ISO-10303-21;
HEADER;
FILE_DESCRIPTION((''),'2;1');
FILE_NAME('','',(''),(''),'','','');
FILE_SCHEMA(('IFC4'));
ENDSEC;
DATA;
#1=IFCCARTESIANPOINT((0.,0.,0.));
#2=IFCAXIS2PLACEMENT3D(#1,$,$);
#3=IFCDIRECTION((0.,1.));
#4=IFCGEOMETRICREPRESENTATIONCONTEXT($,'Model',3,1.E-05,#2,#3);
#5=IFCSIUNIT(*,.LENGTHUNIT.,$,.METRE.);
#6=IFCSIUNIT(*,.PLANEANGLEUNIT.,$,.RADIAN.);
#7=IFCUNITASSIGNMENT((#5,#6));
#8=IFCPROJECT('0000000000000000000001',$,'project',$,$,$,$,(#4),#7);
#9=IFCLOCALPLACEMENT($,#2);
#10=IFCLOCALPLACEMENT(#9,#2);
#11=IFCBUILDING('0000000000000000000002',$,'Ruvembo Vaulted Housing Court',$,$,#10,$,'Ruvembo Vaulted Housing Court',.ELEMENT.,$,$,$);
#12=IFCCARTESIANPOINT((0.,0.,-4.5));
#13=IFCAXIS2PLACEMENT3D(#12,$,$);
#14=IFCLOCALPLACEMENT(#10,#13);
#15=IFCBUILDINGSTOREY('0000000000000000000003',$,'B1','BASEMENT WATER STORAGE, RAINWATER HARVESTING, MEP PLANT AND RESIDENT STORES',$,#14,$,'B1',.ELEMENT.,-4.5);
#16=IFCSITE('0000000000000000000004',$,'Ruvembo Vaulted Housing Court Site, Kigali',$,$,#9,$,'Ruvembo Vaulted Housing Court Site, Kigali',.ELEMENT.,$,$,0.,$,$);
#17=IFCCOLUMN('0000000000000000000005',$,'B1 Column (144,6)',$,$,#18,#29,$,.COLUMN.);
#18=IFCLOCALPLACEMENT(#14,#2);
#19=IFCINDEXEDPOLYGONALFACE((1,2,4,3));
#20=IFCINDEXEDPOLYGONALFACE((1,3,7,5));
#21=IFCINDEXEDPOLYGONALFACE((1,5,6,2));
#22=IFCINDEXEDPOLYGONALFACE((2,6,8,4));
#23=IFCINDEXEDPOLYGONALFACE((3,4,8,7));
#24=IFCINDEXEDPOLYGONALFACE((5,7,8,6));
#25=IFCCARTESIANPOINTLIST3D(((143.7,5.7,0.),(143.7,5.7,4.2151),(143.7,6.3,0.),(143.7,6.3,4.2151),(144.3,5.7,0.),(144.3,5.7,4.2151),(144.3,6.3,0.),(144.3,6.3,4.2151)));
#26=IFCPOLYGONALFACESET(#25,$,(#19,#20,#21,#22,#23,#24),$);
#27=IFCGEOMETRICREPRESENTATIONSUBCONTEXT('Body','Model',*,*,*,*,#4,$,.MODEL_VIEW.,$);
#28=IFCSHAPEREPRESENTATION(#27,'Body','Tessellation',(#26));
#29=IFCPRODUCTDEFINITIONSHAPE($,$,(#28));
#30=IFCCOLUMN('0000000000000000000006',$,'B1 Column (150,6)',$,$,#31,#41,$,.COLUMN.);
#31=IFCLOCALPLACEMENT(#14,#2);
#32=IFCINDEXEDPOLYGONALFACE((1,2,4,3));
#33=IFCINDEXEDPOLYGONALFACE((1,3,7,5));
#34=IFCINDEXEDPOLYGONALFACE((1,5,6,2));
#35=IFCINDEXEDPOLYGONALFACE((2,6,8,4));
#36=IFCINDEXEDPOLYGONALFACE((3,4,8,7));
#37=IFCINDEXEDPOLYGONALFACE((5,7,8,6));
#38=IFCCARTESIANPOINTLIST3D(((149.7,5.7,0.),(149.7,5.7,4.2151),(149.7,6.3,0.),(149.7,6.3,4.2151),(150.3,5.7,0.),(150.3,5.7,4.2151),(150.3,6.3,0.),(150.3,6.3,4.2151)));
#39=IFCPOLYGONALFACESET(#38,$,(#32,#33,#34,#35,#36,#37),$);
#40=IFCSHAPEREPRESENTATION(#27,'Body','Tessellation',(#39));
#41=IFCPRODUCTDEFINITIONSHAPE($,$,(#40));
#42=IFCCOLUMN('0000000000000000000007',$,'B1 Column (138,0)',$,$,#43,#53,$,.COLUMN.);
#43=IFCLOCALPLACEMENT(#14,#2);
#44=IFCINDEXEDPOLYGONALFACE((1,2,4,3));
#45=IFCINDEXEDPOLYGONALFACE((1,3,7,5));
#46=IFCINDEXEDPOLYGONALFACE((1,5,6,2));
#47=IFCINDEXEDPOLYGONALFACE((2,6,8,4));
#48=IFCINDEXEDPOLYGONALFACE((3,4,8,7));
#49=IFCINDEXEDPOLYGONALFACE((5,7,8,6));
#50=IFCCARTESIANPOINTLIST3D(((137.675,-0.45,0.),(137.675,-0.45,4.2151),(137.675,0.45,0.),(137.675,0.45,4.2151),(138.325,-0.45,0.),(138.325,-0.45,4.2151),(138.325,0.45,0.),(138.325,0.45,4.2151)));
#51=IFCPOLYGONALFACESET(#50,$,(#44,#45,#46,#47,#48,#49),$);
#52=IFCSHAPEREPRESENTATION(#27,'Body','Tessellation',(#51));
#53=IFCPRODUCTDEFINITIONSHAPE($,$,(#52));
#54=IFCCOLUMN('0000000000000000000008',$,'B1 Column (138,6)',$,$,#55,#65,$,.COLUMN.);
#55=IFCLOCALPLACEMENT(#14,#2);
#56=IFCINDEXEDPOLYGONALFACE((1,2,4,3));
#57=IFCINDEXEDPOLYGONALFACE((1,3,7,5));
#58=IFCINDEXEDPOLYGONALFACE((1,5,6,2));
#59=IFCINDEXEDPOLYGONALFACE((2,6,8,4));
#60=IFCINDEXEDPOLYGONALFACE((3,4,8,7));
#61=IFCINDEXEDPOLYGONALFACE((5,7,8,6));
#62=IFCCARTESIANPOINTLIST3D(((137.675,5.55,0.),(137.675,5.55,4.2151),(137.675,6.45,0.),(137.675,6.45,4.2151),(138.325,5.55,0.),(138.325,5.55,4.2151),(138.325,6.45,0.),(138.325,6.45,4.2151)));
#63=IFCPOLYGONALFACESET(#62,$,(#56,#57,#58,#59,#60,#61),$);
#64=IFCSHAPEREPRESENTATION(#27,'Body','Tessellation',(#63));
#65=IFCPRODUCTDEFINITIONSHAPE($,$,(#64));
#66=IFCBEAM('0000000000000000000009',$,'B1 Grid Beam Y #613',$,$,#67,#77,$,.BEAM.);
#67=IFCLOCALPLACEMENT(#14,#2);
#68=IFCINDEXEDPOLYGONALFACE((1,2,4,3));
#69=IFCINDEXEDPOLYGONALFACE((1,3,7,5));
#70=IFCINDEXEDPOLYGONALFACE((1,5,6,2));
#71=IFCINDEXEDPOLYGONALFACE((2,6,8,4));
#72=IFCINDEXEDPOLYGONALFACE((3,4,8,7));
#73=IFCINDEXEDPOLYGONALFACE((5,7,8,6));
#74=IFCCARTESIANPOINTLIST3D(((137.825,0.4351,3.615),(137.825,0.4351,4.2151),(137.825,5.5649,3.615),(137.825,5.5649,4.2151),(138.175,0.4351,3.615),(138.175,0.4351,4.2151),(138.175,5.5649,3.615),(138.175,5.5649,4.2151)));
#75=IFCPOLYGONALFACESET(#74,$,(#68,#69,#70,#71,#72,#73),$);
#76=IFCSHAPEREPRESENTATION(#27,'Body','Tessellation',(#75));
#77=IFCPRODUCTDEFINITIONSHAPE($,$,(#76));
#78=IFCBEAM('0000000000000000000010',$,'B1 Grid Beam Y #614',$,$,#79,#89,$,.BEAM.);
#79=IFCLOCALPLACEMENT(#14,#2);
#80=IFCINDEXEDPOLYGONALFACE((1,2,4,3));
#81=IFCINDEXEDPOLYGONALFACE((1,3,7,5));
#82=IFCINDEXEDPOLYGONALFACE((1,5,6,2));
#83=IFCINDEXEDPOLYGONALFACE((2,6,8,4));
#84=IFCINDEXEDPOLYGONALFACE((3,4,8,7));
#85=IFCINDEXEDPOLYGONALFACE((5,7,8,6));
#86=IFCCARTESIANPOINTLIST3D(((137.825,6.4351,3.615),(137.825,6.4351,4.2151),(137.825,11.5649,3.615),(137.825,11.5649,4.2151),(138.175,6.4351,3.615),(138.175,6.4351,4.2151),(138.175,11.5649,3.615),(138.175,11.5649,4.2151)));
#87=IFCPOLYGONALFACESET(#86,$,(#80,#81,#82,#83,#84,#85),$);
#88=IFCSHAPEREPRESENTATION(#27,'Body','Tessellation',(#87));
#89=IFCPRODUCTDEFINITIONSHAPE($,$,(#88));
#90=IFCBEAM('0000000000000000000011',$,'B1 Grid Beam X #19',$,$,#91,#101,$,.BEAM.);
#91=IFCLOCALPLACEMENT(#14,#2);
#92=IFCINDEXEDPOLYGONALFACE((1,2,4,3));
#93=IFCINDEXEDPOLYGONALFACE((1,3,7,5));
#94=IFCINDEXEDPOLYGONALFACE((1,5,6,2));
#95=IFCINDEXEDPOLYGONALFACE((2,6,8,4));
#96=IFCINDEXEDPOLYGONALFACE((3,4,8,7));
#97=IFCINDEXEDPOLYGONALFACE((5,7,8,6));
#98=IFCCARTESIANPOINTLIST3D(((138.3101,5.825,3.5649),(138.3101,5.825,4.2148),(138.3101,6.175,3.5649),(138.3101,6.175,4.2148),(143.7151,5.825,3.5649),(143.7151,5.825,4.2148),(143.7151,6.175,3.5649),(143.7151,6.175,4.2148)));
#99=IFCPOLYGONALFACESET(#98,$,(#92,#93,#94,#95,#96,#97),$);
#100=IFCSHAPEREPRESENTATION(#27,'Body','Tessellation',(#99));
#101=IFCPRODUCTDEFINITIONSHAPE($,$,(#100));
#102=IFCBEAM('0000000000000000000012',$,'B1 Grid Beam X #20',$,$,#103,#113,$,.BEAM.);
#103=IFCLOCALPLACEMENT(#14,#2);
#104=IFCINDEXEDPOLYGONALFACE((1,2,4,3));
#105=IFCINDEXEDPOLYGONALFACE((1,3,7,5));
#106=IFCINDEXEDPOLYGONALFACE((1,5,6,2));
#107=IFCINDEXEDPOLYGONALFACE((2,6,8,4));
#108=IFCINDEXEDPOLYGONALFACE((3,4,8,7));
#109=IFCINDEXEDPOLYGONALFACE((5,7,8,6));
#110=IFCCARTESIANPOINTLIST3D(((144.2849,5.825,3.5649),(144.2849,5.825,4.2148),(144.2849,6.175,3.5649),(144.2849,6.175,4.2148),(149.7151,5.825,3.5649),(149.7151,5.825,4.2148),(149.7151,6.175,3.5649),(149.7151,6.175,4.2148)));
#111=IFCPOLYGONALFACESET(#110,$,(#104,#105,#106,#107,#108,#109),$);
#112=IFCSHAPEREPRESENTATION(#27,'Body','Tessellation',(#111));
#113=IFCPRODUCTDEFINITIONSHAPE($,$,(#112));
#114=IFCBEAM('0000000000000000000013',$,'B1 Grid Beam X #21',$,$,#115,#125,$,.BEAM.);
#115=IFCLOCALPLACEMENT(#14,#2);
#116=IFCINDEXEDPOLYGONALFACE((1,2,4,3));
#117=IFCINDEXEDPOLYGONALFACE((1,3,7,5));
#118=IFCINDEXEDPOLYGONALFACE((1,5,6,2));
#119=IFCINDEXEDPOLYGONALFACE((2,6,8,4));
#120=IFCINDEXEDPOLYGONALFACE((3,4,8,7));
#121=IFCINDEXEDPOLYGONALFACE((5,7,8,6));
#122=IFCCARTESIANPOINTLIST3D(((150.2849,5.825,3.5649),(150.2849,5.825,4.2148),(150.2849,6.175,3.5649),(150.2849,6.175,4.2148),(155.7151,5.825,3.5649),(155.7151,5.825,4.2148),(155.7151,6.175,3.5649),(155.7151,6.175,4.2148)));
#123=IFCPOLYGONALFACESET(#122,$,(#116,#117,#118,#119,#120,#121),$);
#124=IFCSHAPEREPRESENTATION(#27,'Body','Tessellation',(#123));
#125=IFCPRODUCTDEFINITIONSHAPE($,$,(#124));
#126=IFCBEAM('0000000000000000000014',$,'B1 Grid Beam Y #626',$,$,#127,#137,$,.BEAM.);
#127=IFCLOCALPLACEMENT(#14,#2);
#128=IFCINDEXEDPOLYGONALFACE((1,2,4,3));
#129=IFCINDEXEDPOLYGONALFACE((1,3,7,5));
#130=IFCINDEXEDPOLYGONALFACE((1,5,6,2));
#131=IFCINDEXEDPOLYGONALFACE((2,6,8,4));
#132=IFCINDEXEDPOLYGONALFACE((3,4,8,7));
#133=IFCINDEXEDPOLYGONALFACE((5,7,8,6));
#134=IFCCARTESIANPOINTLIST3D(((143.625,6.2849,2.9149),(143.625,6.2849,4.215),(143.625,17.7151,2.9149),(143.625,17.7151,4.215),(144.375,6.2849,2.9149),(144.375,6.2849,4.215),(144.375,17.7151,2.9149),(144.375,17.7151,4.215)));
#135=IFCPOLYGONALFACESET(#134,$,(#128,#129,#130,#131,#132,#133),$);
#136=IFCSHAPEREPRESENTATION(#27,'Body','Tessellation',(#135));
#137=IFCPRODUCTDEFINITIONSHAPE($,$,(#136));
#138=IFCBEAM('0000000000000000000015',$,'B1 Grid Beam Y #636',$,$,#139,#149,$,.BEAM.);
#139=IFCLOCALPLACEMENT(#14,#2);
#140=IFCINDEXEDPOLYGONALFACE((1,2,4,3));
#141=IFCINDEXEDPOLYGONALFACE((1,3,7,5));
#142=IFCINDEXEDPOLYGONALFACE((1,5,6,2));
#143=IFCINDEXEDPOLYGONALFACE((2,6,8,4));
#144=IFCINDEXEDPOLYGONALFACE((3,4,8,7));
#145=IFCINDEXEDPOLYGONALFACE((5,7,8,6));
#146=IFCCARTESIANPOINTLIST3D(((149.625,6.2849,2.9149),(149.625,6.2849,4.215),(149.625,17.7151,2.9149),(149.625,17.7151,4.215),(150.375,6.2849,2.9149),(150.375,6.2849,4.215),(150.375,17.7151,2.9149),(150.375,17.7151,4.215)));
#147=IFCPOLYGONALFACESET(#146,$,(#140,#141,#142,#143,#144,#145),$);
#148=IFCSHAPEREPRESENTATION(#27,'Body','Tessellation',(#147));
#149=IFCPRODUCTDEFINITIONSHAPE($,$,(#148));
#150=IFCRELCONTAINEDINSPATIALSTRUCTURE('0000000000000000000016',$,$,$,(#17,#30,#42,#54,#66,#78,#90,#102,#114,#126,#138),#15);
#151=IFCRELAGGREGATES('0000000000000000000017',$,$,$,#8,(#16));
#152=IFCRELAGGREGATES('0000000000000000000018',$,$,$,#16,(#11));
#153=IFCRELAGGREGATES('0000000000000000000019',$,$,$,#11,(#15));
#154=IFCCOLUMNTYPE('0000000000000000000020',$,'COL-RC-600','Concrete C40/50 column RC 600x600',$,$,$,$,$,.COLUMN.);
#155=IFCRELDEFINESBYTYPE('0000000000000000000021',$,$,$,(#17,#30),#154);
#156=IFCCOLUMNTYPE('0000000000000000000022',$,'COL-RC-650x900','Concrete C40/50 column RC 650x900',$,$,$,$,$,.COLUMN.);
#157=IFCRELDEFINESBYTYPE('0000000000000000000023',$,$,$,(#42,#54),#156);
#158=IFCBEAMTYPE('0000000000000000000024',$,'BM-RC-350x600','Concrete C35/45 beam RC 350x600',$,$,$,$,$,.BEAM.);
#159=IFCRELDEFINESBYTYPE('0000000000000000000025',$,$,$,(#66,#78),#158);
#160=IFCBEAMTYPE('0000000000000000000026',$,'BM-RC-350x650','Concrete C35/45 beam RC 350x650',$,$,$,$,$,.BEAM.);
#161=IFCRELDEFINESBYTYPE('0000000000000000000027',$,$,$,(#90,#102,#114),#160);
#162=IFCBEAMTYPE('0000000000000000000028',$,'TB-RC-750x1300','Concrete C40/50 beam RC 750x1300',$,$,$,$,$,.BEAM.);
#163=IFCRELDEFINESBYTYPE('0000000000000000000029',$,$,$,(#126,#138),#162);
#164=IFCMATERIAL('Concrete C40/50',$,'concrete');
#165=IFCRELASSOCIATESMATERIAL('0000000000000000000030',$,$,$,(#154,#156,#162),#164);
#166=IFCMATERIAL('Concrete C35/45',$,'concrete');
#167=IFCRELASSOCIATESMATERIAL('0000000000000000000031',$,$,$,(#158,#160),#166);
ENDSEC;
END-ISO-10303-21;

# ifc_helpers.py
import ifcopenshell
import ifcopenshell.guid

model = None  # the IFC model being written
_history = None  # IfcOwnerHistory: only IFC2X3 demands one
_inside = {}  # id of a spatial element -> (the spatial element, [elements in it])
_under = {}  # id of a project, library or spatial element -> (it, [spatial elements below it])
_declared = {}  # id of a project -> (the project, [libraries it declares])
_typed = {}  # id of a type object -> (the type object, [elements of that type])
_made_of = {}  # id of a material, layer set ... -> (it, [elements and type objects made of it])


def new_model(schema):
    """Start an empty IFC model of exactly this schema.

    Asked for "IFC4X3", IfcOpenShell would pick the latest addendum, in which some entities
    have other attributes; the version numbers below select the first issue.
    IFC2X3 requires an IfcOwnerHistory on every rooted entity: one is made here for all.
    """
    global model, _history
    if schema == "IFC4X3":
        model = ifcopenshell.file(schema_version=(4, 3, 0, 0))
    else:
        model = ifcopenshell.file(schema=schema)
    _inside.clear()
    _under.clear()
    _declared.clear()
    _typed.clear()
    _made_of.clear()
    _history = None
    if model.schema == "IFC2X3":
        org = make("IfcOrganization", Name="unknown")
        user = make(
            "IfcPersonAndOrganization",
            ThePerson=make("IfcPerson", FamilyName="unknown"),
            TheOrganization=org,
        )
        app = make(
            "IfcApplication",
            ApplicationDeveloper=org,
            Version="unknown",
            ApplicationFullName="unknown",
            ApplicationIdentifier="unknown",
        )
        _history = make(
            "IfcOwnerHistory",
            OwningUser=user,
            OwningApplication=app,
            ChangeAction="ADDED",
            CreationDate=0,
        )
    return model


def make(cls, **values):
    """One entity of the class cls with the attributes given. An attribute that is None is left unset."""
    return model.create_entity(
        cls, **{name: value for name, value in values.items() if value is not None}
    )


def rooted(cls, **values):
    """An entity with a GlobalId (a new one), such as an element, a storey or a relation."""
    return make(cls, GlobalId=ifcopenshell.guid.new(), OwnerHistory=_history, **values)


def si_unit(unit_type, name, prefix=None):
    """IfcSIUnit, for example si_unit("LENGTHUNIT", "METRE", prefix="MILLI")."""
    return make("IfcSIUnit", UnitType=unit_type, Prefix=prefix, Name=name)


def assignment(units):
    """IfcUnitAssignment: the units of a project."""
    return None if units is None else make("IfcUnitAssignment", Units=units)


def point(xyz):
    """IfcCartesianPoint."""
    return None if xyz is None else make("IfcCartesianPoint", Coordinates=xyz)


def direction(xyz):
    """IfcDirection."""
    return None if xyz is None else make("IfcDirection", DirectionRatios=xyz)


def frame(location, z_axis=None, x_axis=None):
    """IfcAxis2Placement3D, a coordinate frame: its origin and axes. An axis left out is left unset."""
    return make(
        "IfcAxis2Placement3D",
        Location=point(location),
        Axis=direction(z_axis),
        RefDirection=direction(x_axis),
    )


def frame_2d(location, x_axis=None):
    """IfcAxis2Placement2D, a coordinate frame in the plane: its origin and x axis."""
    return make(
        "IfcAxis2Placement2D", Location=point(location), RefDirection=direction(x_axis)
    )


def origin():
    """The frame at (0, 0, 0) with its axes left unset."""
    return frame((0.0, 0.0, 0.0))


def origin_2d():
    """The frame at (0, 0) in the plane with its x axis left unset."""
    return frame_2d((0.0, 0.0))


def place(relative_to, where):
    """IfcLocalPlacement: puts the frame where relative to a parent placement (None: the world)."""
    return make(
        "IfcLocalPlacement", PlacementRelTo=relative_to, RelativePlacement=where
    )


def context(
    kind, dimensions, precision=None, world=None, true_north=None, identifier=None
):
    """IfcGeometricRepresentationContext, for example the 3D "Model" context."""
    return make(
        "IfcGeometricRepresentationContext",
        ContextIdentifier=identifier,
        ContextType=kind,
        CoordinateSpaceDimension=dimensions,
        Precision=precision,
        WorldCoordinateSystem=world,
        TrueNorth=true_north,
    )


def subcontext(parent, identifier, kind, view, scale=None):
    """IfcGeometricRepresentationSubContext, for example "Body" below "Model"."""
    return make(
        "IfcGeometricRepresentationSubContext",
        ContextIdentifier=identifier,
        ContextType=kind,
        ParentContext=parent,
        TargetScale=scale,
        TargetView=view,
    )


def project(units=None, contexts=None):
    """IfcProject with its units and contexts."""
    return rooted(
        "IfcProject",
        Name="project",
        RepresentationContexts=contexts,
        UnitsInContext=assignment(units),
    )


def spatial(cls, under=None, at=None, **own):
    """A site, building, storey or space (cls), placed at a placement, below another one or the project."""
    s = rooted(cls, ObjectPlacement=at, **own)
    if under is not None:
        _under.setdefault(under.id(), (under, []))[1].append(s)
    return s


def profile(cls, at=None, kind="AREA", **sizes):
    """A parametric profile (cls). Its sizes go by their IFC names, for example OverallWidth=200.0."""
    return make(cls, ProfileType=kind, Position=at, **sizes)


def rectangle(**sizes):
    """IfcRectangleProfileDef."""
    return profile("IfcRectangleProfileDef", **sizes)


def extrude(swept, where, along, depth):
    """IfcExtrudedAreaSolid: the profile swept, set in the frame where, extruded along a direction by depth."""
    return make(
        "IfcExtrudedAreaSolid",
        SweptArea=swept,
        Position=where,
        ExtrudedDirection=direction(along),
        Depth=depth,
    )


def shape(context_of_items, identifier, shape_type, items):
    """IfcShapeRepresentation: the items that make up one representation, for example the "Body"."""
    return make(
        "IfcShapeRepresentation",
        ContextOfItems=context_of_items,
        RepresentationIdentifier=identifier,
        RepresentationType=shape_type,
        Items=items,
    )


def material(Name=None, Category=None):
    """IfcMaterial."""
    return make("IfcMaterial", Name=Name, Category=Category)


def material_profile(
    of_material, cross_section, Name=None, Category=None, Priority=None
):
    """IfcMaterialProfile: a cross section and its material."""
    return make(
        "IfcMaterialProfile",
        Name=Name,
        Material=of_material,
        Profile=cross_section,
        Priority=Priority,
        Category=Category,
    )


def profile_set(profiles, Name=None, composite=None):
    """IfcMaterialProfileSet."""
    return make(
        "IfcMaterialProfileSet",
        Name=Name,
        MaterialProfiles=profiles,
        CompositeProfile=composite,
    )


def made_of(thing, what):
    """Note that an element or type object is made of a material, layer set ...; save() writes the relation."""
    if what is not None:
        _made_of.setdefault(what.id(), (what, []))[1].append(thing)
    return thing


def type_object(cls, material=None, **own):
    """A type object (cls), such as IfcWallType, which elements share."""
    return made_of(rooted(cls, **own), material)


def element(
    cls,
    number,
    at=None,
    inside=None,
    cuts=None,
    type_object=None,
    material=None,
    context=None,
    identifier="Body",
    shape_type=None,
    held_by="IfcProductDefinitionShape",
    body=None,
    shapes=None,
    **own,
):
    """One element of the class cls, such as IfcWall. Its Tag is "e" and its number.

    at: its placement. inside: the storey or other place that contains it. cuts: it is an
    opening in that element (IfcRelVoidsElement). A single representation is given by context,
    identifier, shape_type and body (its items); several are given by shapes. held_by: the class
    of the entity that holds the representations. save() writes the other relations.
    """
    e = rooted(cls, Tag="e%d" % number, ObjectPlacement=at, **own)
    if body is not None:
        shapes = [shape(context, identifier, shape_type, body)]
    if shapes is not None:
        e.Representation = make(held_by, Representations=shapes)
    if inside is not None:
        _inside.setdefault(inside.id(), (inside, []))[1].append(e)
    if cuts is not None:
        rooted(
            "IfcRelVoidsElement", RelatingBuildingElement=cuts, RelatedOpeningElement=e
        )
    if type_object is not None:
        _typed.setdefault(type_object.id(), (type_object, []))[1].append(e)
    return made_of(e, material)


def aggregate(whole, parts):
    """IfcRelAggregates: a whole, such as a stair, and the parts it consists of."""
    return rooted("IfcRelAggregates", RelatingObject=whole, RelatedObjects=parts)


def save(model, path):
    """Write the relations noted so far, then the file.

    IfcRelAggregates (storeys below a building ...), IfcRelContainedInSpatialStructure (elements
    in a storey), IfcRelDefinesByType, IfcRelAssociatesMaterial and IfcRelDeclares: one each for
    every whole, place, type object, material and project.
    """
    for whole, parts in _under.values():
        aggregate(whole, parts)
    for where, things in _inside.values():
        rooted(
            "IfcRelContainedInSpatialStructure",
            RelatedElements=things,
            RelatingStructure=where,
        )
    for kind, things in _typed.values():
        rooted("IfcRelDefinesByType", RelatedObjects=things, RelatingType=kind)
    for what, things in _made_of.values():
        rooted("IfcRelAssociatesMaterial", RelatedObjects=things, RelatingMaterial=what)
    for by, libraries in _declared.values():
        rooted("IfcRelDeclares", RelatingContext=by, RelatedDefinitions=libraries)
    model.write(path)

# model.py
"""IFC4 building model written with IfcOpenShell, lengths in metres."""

from ifc_helpers import new_model, si_unit, direction, frame, origin, origin_2d, place, context, subcontext, project, spatial, rectangle, extrude, material, material_profile, profile_set, type_object, element, save


model = new_model("IFC4")

# Units and contexts
model_context = context("Model", 3, precision=1e-05, world=origin(), true_north=direction((0.0, 1.0)))
body_context = subcontext(model_context, "Body", "Model", "MODEL_VIEW")
ifc_project = project(units=[si_unit("LENGTHUNIT", "METRE"), si_unit("PLANEANGLEUNIT", "RADIAN")], contexts=[model_context])

# Site, building, storey
site_placement = place(None, origin())
site = spatial("IfcSite", under=ifc_project, at=site_placement, Name="Ruvembo Vaulted Housing Court Site, Kigali", LongName="Ruvembo Vaulted Housing Court Site, Kigali", CompositionType="ELEMENT", RefElevation=0.0)
building_placement = place(site_placement, origin())
building = spatial("IfcBuilding", under=site, at=building_placement, Name="Ruvembo Vaulted Housing Court", LongName="Ruvembo Vaulted Housing Court", CompositionType="ELEMENT")
storey_placement = place(building_placement, frame((0.0, 0.0, -4.5)))
storey = spatial("IfcBuildingStorey", under=building, at=storey_placement, Name="B1", Description="BASEMENT WATER STORAGE, RAINWATER HARVESTING, MEP PLANT AND RESIDENT STORES", LongName="B1", CompositionType="ELEMENT", Elevation=-4.5)

# Shared definitions
ifc_material_1 = material(Name="Concrete C35/45", Category="concrete")

# Columns
ifc_material_2 = material(Name="Concrete C40/50", Category="concrete")
ifc_material_profile_1 = material_profile(ifc_material_2, rectangle(XDim=0.6001, YDim=0.6001, at=origin_2d()), Name="RC 600x600")
ifc_profile_set_1 = profile_set([ifc_material_profile_1], Name="Concrete C40/50")
column_type_1 = type_object("IfcColumnType", Name="COL-RC-600", Description="Concrete C40/50 column RC 600x600", PredefinedType="COLUMN", material=ifc_profile_set_1)
for number, where, z_axis, x_axis, name in (
    (1, (144.0, 6.0, 0.0), (0.0, 0.0, 1.0), (1.0, 0.0, 0.0), "B1 Column (144,6)"),
    (2, (150.0, 6.0, 0.0), (0.0, 0.0, 1.0), (1.0, 0.0, 0.0), "B1 Column (150,6)"),
):
    element("IfcColumn", number, at=place(storey_placement, frame(where, z_axis=z_axis, x_axis=x_axis)), inside=storey, type_object=column_type_1, Name=name, PredefinedType="COLUMN", context=body_context, shape_type="SweptSolid", body=[
        extrude(rectangle(XDim=0.6001, YDim=0.6001, at=origin_2d()), origin(), (0.0, 0.0, 1.0), 4.2151),
    ])
ifc_material_profile_2 = material_profile(ifc_material_2, rectangle(XDim=0.6499, YDim=0.8999, at=origin_2d()), Name="RC 650x900")
ifc_profile_set_2 = profile_set([ifc_material_profile_2], Name="Concrete C40/50")
column_type_2 = type_object("IfcColumnType", Name="COL-RC-650x900", Description="Concrete C40/50 column RC 650x900", PredefinedType="COLUMN", material=ifc_profile_set_2)
for number, where, z_axis, x_axis, name in (
    (3, (138.0, 0.0, 0.0), (0.0, 0.0, 1.0), (1.0, 0.0, 0.0), "B1 Column (138,0)"),
    (4, (138.0, 6.0, 0.0), (0.0, 0.0, 1.0), (1.0, 0.0, 0.0), "B1 Column (138,6)"),
):
    element("IfcColumn", number, at=place(storey_placement, frame(where, z_axis=z_axis, x_axis=x_axis)), inside=storey, type_object=column_type_2, Name=name, PredefinedType="COLUMN", context=body_context, shape_type="SweptSolid", body=[
        extrude(rectangle(XDim=0.6499, YDim=0.8999, at=origin_2d()), origin(), (0.0, 0.0, 1.0), 4.2151),
    ])

# Beams
ifc_material_profile_3 = material_profile(ifc_material_1, rectangle(XDim=0.3501, YDim=0.6001, at=origin_2d()), Name="RC 350x600")
ifc_profile_set_3 = profile_set([ifc_material_profile_3], Name="Concrete C35/45")
beam_type_1 = type_object("IfcBeamType", Name="BM-RC-350x600", Description="Concrete C35/45 beam RC 350x600", PredefinedType="BEAM", material=ifc_profile_set_3)
for number, where, z_axis, x_axis, name in (
    (5, (138.0, 0.4351, 3.915), (0.0, 1.0, 0.0), (-1.0, 0.0, 0.0), "B1 Grid Beam Y #613"),
    (6, (138.0, 6.4351, 3.915), (0.0, 1.0, 0.0), (-1.0, 0.0, 0.0), "B1 Grid Beam Y #614"),
):
    element("IfcBeam", number, at=place(storey_placement, frame(where, z_axis=z_axis, x_axis=x_axis)), inside=storey, type_object=beam_type_1, Name=name, PredefinedType="BEAM", context=body_context, shape_type="SweptSolid", body=[
        extrude(rectangle(XDim=0.3501, YDim=0.6001, at=origin_2d()), origin(), (0.0, 0.0, 1.0), 5.1299),
    ])
ifc_material_profile_4 = material_profile(ifc_material_1, rectangle(XDim=0.3501, YDim=0.6499, at=origin_2d()), Name="RC 350x650")
ifc_profile_set_4 = profile_set([ifc_material_profile_4], Name="Concrete C35/45")
beam_type_2 = type_object("IfcBeamType", Name="BM-RC-350x650", Description="Concrete C35/45 beam RC 350x650", PredefinedType="BEAM", material=ifc_profile_set_4)
beam_placement = place(storey_placement, frame((138.3101, 6.0, 3.8899), z_axis=(1.0, 0.0, 0.0), x_axis=(0.0, 1.0, 0.0)))
element("IfcBeam", 7, at=beam_placement, inside=storey, type_object=beam_type_2, Name="B1 Grid Beam X #19", PredefinedType="BEAM", context=body_context, shape_type="SweptSolid", body=[
    extrude(rectangle(XDim=0.3501, YDim=0.6499, at=origin_2d()), origin(), (0.0, 0.0, 1.0), 5.405),
])
for number, where, z_axis, x_axis, name in (
    (8, (144.2849, 6.0, 3.8899), (1.0, 0.0, 0.0), (0.0, 1.0, 0.0), "B1 Grid Beam X #20"),
    (9, (150.2849, 6.0, 3.8899), (1.0, 0.0, 0.0), (0.0, 1.0, 0.0), "B1 Grid Beam X #21"),
):
    element("IfcBeam", number, at=place(storey_placement, frame(where, z_axis=z_axis, x_axis=x_axis)), inside=storey, type_object=beam_type_2, Name=name, PredefinedType="BEAM", context=body_context, shape_type="SweptSolid", body=[
        extrude(rectangle(XDim=0.3501, YDim=0.6499, at=origin_2d()), origin(), (0.0, 0.0, 1.0), 5.4302),
    ])
ifc_material_profile_5 = material_profile(ifc_material_2, rectangle(XDim=0.75, YDim=1.3, at=origin_2d()), Name="RC 750x1300")
ifc_profile_set_5 = profile_set([ifc_material_profile_5], Name="Concrete C40/50")
beam_type_3 = type_object("IfcBeamType", Name="TB-RC-750x1300", Description="Concrete C40/50 beam RC 750x1300", PredefinedType="BEAM", material=ifc_profile_set_5)
for number, where, z_axis, x_axis, name in (
    (10, (144.0, 6.2849, 3.5649), (0.0, 1.0, 0.0), (-1.0, 0.0, 0.0), "B1 Grid Beam Y #626"),
    (11, (150.0, 6.2849, 3.5649), (0.0, 1.0, 0.0), (-1.0, 0.0, 0.0), "B1 Grid Beam Y #636"),
):
    element("IfcBeam", number, at=place(storey_placement, frame(where, z_axis=z_axis, x_axis=x_axis)), inside=storey, type_object=beam_type_3, Name=name, PredefinedType="BEAM", context=body_context, shape_type="SweptSolid", body=[
        extrude(rectangle(XDim=0.75, YDim=1.3, at=origin_2d()), origin(), (0.0, 0.0, 1.0), 11.4302),
    ])

save(model, "model.ifc")
